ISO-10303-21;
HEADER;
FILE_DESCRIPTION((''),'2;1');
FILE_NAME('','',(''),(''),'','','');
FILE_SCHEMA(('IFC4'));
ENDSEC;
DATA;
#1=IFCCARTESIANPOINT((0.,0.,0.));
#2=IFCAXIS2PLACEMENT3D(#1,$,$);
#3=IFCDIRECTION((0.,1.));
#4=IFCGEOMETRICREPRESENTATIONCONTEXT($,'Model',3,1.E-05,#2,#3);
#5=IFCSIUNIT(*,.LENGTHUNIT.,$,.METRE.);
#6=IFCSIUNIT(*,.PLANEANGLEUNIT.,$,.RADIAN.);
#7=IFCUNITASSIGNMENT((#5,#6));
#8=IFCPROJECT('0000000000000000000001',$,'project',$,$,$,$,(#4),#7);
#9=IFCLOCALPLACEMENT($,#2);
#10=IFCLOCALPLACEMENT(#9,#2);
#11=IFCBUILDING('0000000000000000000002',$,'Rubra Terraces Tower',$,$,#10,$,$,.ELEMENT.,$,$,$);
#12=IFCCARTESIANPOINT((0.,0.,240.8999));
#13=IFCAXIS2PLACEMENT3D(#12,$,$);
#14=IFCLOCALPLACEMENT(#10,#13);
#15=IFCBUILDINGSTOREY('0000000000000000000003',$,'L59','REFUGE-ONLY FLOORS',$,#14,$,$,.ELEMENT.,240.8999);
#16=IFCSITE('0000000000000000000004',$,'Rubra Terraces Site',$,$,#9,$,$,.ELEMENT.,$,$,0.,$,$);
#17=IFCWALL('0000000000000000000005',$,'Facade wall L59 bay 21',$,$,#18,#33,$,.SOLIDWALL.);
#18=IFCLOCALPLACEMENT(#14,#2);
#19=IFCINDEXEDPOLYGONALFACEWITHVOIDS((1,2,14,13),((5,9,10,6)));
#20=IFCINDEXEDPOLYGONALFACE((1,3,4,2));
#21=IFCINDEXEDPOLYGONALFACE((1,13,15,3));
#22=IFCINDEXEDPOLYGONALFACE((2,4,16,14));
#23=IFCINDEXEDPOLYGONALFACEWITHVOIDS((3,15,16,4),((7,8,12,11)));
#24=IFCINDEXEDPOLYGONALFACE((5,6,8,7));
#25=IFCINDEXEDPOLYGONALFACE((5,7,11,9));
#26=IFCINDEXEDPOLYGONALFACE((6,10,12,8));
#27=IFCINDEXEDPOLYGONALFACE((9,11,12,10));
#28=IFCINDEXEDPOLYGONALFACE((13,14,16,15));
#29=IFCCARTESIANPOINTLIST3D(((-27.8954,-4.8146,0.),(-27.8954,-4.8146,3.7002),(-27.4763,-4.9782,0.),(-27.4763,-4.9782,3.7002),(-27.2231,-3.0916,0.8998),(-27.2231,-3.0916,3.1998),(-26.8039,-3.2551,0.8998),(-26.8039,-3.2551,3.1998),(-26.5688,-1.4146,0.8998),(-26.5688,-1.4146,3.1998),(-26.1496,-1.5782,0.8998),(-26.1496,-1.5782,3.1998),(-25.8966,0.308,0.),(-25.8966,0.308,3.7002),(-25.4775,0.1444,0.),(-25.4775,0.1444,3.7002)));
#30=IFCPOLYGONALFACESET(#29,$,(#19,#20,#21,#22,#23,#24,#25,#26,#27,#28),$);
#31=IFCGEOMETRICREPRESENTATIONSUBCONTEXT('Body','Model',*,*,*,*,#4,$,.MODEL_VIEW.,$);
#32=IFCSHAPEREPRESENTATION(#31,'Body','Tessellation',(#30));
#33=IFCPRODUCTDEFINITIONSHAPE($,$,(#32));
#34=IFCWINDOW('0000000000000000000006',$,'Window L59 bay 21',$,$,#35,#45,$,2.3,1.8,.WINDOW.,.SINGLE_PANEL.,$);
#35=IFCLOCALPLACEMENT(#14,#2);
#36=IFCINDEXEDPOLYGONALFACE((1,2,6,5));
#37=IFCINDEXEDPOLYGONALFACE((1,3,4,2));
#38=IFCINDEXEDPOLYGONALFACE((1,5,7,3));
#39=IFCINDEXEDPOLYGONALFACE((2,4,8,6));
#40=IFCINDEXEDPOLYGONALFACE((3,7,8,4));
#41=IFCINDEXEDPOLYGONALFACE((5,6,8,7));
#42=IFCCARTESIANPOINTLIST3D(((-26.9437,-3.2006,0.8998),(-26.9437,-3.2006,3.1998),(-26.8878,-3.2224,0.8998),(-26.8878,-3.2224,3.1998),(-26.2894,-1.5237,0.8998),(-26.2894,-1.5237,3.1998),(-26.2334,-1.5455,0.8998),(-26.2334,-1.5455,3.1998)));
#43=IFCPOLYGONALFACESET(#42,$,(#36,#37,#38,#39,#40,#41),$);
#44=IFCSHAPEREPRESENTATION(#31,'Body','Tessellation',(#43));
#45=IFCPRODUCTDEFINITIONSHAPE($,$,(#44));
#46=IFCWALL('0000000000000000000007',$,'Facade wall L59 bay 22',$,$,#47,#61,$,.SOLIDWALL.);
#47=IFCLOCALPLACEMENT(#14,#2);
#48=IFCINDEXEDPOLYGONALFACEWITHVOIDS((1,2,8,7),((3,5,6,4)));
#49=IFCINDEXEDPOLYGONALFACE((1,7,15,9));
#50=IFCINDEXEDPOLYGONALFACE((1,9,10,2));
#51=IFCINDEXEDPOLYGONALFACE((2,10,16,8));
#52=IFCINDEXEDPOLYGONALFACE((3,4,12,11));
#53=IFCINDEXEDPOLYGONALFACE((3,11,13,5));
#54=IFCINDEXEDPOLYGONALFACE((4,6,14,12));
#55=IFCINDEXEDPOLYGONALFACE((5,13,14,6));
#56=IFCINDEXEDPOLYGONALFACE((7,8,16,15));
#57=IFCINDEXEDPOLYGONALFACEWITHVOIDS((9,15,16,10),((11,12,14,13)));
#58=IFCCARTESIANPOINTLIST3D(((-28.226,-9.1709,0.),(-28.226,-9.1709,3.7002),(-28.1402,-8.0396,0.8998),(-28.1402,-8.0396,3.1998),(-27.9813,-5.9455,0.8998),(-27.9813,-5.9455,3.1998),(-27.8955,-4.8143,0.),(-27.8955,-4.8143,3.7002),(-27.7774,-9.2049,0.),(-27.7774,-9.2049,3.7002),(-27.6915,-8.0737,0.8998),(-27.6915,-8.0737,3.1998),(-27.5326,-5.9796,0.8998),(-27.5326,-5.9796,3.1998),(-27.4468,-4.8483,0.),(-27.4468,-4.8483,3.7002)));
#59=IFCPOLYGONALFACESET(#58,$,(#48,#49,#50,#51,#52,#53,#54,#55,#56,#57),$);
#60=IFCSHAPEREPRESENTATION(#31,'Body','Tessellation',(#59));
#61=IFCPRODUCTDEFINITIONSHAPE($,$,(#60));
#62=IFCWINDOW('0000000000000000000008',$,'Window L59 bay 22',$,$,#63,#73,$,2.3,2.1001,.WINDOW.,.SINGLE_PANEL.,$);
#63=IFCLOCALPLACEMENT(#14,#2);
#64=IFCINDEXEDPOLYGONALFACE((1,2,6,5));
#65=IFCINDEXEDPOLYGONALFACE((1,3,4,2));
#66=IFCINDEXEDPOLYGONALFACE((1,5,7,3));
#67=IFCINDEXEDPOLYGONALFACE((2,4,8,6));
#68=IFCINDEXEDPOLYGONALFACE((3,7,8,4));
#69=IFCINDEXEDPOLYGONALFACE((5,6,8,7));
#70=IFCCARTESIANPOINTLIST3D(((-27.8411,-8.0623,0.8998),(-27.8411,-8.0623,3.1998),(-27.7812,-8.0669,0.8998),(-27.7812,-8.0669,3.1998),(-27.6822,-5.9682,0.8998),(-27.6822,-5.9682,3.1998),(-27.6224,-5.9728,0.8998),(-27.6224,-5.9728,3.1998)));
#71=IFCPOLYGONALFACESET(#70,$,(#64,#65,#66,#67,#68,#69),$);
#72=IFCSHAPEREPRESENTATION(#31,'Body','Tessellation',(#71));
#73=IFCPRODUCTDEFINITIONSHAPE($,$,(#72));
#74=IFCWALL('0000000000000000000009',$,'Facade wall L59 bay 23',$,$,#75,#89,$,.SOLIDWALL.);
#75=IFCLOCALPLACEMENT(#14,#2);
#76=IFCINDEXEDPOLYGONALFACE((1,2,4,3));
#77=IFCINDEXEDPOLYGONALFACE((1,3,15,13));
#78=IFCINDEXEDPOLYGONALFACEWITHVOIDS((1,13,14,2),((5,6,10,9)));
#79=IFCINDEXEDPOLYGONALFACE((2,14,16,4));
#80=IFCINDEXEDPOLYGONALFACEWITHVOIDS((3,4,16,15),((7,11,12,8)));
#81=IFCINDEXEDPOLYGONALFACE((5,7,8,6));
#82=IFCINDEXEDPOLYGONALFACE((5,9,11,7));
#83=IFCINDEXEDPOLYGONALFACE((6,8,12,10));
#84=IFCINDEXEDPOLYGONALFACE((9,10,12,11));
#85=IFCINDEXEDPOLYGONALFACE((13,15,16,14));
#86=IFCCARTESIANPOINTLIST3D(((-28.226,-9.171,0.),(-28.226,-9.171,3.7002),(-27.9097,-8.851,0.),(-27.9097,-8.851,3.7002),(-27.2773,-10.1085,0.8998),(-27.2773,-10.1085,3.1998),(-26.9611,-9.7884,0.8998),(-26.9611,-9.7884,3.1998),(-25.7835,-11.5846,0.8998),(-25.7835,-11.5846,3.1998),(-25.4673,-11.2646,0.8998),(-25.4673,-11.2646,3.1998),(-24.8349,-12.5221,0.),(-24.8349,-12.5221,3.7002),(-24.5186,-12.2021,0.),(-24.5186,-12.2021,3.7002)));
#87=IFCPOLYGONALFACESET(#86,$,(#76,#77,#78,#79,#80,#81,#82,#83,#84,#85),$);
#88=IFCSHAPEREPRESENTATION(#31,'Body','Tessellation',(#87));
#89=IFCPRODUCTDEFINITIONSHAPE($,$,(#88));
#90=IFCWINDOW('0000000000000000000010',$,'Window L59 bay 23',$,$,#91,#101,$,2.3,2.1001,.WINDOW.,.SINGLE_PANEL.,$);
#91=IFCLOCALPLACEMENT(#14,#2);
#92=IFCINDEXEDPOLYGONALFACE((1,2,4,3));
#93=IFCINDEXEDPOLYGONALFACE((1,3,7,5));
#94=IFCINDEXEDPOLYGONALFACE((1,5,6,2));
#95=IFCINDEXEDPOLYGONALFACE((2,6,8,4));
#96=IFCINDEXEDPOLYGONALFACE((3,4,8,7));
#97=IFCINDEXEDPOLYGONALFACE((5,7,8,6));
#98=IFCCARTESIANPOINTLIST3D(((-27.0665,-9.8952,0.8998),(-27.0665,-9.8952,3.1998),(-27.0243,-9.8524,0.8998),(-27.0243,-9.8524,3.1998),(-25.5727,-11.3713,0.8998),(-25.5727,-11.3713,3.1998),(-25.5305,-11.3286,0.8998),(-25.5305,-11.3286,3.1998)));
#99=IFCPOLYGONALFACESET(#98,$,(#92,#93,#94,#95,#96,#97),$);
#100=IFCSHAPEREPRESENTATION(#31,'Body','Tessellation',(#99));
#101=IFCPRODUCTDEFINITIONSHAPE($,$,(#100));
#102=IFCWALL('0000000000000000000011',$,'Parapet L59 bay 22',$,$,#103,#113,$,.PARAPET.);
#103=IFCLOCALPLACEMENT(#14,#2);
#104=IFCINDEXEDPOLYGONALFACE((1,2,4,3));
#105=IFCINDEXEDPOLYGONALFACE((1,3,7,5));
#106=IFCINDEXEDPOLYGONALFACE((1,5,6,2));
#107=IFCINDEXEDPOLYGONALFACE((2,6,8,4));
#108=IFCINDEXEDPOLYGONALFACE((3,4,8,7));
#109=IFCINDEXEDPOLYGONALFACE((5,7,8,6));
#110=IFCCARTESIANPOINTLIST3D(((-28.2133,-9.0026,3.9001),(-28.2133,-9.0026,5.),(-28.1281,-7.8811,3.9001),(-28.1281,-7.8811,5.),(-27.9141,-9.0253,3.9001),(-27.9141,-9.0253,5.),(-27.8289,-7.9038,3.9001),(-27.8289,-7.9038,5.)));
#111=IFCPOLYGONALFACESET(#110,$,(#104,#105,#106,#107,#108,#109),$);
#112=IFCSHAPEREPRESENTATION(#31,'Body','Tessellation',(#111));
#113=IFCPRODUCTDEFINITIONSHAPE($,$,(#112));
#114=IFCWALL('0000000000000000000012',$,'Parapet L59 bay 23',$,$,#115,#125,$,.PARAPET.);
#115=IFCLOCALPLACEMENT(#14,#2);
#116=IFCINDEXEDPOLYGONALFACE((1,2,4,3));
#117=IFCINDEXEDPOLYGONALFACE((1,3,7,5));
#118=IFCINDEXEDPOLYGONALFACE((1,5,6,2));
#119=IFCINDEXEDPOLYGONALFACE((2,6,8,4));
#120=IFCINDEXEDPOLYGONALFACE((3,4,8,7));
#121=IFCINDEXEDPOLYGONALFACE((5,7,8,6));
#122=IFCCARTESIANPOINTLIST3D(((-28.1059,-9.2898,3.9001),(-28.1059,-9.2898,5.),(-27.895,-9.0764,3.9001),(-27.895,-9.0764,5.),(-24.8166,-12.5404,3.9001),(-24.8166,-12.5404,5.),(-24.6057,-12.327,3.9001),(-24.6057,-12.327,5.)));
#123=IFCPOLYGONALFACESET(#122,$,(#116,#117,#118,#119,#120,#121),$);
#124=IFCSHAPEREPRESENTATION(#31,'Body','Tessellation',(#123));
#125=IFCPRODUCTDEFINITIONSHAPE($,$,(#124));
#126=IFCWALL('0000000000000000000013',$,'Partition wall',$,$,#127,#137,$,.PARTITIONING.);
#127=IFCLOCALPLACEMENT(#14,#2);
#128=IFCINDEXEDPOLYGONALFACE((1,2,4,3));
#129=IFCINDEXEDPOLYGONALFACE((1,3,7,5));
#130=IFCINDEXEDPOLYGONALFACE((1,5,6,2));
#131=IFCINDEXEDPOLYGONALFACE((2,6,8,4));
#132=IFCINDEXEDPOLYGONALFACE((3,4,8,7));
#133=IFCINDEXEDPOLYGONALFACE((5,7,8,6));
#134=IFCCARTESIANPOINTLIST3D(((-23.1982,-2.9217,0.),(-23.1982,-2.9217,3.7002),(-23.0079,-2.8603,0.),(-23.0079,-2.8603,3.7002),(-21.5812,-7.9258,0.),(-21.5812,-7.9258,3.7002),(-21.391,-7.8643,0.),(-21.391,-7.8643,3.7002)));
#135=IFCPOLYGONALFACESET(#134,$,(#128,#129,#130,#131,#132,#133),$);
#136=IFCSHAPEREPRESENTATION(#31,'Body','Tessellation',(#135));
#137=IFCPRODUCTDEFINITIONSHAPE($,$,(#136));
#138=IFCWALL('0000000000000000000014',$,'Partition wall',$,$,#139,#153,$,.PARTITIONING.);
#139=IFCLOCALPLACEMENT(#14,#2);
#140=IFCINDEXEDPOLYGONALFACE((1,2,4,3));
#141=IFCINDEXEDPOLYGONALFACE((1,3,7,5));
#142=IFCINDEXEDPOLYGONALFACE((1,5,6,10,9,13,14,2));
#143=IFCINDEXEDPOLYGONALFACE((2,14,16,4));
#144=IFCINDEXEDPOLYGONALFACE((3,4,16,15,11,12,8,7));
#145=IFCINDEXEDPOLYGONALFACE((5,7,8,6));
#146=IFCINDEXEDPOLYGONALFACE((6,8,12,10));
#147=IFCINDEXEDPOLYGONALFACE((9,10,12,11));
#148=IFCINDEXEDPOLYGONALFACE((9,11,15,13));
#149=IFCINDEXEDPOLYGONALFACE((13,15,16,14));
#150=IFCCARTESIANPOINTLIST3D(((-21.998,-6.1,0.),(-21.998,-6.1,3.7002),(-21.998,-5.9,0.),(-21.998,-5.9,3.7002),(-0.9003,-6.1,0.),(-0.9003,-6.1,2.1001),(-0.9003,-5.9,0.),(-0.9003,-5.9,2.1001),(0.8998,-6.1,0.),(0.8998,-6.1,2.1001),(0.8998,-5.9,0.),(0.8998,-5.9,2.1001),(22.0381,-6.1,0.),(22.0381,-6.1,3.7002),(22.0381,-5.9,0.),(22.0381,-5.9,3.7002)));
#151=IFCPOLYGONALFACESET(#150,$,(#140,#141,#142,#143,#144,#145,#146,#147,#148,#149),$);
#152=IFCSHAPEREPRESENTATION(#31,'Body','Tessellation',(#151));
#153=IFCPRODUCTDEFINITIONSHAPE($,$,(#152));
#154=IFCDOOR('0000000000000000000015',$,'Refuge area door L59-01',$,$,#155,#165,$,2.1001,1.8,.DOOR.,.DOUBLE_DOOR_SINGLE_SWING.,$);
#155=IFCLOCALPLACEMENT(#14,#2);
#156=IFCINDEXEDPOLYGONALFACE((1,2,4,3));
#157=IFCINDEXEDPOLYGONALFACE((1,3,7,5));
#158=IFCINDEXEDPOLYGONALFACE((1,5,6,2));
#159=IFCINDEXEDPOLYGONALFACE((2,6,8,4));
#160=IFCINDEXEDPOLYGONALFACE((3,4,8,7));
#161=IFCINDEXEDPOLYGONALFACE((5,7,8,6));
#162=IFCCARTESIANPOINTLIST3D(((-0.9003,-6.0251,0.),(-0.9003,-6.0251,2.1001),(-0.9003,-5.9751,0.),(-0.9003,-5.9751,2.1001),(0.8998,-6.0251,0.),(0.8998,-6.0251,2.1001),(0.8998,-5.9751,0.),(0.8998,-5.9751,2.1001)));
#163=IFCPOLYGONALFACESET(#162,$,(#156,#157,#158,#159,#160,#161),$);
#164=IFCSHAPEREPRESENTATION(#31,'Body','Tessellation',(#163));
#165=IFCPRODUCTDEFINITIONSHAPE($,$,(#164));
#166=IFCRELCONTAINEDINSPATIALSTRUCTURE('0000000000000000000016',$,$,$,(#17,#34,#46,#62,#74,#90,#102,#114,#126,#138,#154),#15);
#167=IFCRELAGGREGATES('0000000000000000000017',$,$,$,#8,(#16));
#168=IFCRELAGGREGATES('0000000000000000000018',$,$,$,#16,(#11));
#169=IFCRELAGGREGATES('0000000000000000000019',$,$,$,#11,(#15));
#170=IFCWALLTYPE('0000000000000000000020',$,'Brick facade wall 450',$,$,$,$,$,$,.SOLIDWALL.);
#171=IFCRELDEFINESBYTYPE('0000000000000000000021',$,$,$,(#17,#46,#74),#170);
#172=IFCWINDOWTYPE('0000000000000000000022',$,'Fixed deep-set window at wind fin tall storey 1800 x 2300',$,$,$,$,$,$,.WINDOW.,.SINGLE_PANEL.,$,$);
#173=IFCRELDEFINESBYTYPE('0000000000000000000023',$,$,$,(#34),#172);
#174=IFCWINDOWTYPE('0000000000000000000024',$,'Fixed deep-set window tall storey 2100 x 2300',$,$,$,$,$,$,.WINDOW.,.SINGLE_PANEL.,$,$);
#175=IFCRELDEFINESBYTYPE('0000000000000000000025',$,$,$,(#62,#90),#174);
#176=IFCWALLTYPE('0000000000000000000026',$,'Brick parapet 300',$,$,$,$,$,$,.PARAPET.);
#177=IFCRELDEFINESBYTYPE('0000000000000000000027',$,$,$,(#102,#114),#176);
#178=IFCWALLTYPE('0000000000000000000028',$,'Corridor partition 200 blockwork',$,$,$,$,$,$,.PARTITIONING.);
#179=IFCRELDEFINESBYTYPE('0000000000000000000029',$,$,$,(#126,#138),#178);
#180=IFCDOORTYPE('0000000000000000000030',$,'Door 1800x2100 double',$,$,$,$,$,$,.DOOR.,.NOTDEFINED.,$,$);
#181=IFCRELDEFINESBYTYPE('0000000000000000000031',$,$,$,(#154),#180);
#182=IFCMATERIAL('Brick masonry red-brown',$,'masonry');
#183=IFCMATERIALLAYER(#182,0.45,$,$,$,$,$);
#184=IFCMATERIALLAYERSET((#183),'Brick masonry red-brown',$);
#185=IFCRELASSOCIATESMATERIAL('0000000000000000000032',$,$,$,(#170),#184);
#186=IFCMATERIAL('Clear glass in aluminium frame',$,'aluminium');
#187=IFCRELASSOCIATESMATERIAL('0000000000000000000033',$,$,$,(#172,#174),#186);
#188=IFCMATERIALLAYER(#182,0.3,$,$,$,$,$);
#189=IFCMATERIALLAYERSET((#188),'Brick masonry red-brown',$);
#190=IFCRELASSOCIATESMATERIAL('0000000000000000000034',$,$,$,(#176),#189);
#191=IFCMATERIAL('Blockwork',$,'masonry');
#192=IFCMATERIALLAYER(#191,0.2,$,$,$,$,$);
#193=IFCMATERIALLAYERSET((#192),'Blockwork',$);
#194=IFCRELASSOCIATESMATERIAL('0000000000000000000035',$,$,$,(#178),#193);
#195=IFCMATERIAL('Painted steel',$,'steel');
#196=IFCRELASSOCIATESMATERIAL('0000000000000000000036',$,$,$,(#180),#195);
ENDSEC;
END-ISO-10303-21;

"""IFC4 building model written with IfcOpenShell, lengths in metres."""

from ifc_helpers import new_model, si_unit, direction, frame, frame_2d, origin, place, context, subcontext, project, spatial, rectangle, extrude, material, layer, layer_set, type_object, element, fill, save


model = new_model("IFC4")

# Units and contexts
model_context = context("Model", 3, precision=1e-05, world=origin(), true_north=direction((0.0, 1.0)))
body_context = subcontext(model_context, "Body", "Model", "MODEL_VIEW")
ifc_project = project(units=[si_unit("LENGTHUNIT", "METRE"), si_unit("PLANEANGLEUNIT", "RADIAN")], contexts=[model_context])

# Site, building, storey
site_placement = place(None, origin())
site = spatial("IfcSite", under=ifc_project, at=site_placement, Name="Rubra Terraces Site", CompositionType="ELEMENT", RefElevation=0.0)
building_placement = place(site_placement, origin())
building = spatial("IfcBuilding", under=site, at=building_placement, Name="Rubra Terraces Tower", CompositionType="ELEMENT")
storey_placement = place(building_placement, frame((0.0, 0.0, 240.8999)))
storey = spatial("IfcBuildingStorey", under=building, at=storey_placement, Name="L59", Description="REFUGE-ONLY FLOORS", CompositionType="ELEMENT", Elevation=240.8999)

# Walls, openings, windows
ifc_material_1 = material(Name="Brick masonry red-brown", Category="masonry")
ifc_layer_1 = layer(ifc_material_1, 0.45)
ifc_layer_set_1 = layer_set([ifc_layer_1], Name="Brick masonry red-brown")
wall_type_1 = type_object("IfcWallType", Name="Brick facade wall 450", PredefinedType="SOLIDWALL", material=ifc_layer_set_1)
wall_1_placement = place(storey_placement, frame((-25.687, 0.2263, 0.0), z_axis=(0.0, 0.0, 1.0), x_axis=(-0.3635, -0.931594, 0.0)))
wall_1 = element("IfcWall", 1, at=wall_1_placement, inside=storey, type_object=wall_type_1, Name="Facade wall L59 bay 21", PredefinedType="SOLIDWALL", context=body_context, shape_type="SweptSolid", body=[
    extrude(rectangle(XDim=5.4988, YDim=0.45, at=frame_2d((2.7495, 0.0))), origin(), (0.0, 0.0, 1.0), 3.7002),
])
opening_1_placement = place(wall_1_placement, frame((1.8494, 0.0, 0.8999)))
opening_1 = element("IfcOpeningElement", 2, at=opening_1_placement, cuts=wall_1, PredefinedType="OPENING", context=body_context, shape_type="SweptSolid", body=[
    extrude(rectangle(XDim=1.8, YDim=2.3, at=frame_2d((0.8999, 1.1499))), frame((0.0, 0.2349, 0.0), z_axis=(0.0, -1.0, 0.0), x_axis=(1.0, 0.0, 0.0)), (0.0, 0.0, 1.0), 0.47),
])
ifc_material_2 = material(Name="Clear glass in aluminium frame", Category="aluminium")
window_type_1 = type_object("IfcWindowType", Name="Fixed deep-set window at wind fin tall storey 1800 x 2300", PartitioningType="SINGLE_PANEL", PredefinedType="WINDOW", material=ifc_material_2)
window_1_placement = place(opening_1_placement, origin())
window_1 = element("IfcWindow", 3, at=window_1_placement, inside=storey, type_object=window_type_1, Name="Window L59 bay 21", OverallHeight=2.3, OverallWidth=1.8, PartitioningType="SINGLE_PANEL", PredefinedType="WINDOW", context=body_context, shape_type="SweptSolid", body=[
    extrude(rectangle(XDim=1.8, YDim=2.3, at=frame_2d((0.8999, 1.1499))), frame((0.0, 0.135, 0.0), z_axis=(0.0, -1.0, 0.0), x_axis=(1.0, 0.0, 0.0)), (0.0, 0.0, 1.0), 0.0601),
])
fill(opening_1, window_1)
wall_2_placement = place(storey_placement, frame((-27.6711, -4.8313, 0.0), z_axis=(0.0, 0.0, 1.0), x_axis=(-0.075658, -0.997134, 0.0)))
wall_2 = element("IfcWall", 4, at=wall_2_placement, inside=storey, type_object=wall_type_1, Name="Facade wall L59 bay 22", PredefinedType="SOLIDWALL", context=body_context, shape_type="SweptSolid", body=[
    extrude(rectangle(XDim=4.3691, YDim=0.45, at=frame_2d((2.1846, 0.0))), origin(), (0.0, 0.0, 1.0), 3.7002),
])
opening_2_placement = place(wall_2_placement, frame((1.1345, 0.0, 0.8999)))
opening_2 = element("IfcOpeningElement", 5, at=opening_2_placement, cuts=wall_2, PredefinedType="OPENING", context=body_context, shape_type="SweptSolid", body=[
    extrude(rectangle(XDim=2.1001, YDim=2.3, at=frame_2d((1.05, 1.1499))), frame((0.0, 0.2349, 0.0), z_axis=(0.0, -1.0, 0.0), x_axis=(1.0, 0.0, 0.0)), (0.0, 0.0, 1.0), 0.47),
])
window_type_2 = type_object("IfcWindowType", Name="Fixed deep-set window tall storey 2100 x 2300", PartitioningType="SINGLE_PANEL", PredefinedType="WINDOW", material=ifc_material_2)
window_2_placement = place(opening_2_placement, origin())
window_2 = element("IfcWindow", 6, at=window_2_placement, inside=storey, type_object=window_type_2, Name="Window L59 bay 22", OverallHeight=2.3, OverallWidth=2.1001, PartitioningType="SINGLE_PANEL", PredefinedType="WINDOW", context=body_context, shape_type="SweptSolid", body=[
    extrude(rectangle(XDim=2.1001, YDim=2.3, at=frame_2d((1.05, 1.1499))), frame((0.0, 0.135, 0.0), z_axis=(0.0, -1.0, 0.0), x_axis=(1.0, 0.0, 0.0)), (0.0, 0.0, 1.0), 0.0601),
])
fill(opening_2, window_2)
wall_3_placement = place(storey_placement, frame((-28.0679, -9.011, 0.0), z_axis=(0.0, 0.0, 1.0), x_axis=(0.711293, -0.702895, 0.0)))
wall_3 = element("IfcWall", 7, at=wall_3_placement, inside=storey, type_object=wall_type_1, Name="Facade wall L59 bay 23", PredefinedType="SOLIDWALL", context=body_context, shape_type="SweptSolid", body=[
    extrude(rectangle(XDim=4.7676, YDim=0.45, at=frame_2d((2.3838, 0.0))), origin(), (0.0, 0.0, 1.0), 3.7002),
])
opening_3_placement = place(wall_3_placement, frame((1.3337, 0.0, 0.8999)))
opening_3 = element("IfcOpeningElement", 8, at=opening_3_placement, cuts=wall_3, PredefinedType="OPENING", context=body_context, shape_type="SweptSolid", body=[
    extrude(rectangle(XDim=2.1001, YDim=2.3, at=frame_2d((1.05, 1.1499))), frame((0.0, 0.2349, 0.0), z_axis=(0.0, -1.0, 0.0), x_axis=(1.0, 0.0, 0.0)), (0.0, 0.0, 1.0), 0.47),
])
window_3_placement = place(opening_3_placement, origin())
window_3 = element("IfcWindow", 9, at=window_3_placement, inside=storey, type_object=window_type_2, Name="Window L59 bay 23", OverallHeight=2.3, OverallWidth=2.1001, PartitioningType="SINGLE_PANEL", PredefinedType="WINDOW", context=body_context, shape_type="SweptSolid", body=[
    extrude(rectangle(XDim=2.1001, YDim=2.3, at=frame_2d((1.05, 1.1499))), frame((0.0, 0.135, 0.0), z_axis=(0.0, -1.0, 0.0), x_axis=(1.0, 0.0, 0.0)), (0.0, 0.0, 1.0), 0.0601),
])
fill(opening_3, window_3)

# Walls
ifc_layer_2 = layer(ifc_material_1, 0.3)
ifc_layer_set_2 = layer_set([ifc_layer_2], Name="Brick masonry red-brown")
wall_type_2 = type_object("IfcWallType", Name="Brick parapet 300", PredefinedType="PARAPET", material=ifc_layer_set_2)
wall_4_placement = place(storey_placement, frame((-27.9785, -7.8923, 3.9001), z_axis=(0.0, 0.0, 1.0), x_axis=(-0.07575, -0.997127, 0.0)))
element("IfcWall", 10, at=wall_4_placement, inside=storey, type_object=wall_type_2, Name="Parapet L59 bay 22", PredefinedType="PARAPET", context=body_context, shape_type="SweptSolid", body=[
    extrude(rectangle(XDim=1.1248, YDim=0.3, at=frame_2d((0.5625, 0.0))), origin(), (0.0, 0.0, 1.0), 1.0999),
])
wall_5_placement = place(storey_placement, frame((-28.0005, -9.1831, 3.9001), z_axis=(0.0, 0.0, 1.0), x_axis=(0.711291, -0.702897, 0.0)))
element("IfcWall", 11, at=wall_5_placement, inside=storey, type_object=wall_type_2, Name="Parapet L59 bay 23", PredefinedType="PARAPET", context=body_context, shape_type="SweptSolid", body=[
    extrude(rectangle(XDim=4.6245, YDim=0.3, at=frame_2d((2.3123, 0.0))), origin(), (0.0, 0.0, 1.0), 1.0999),
])
ifc_material_3 = material(Name="Blockwork", Category="masonry")
ifc_layer_3 = layer(ifc_material_3, 0.2)
ifc_layer_set_3 = layer_set([ifc_layer_3], Name="Blockwork")
wall_type_3 = type_object("IfcWallType", Name="Corridor partition 200 blockwork", PredefinedType="PARTITIONING", material=ifc_layer_set_3)
wall_6_placement = place(storey_placement, frame((-21.4861, -7.895, 0.0), z_axis=(0.0, 0.0, 1.0), x_axis=(-0.307482, 0.951554, 0.0)))
element("IfcWall", 12, at=wall_6_placement, inside=storey, type_object=wall_type_3, Name="Partition wall", PredefinedType="PARTITIONING", context=body_context, shape_type="SweptSolid", body=[
    extrude(rectangle(XDim=5.2588, YDim=0.2, at=frame_2d((2.6294, 0.0))), origin(), (0.0, 0.0, 1.0), 3.7002),
])

# Wall, opening, door
wall_7_placement = place(storey_placement, frame((-21.998, -6.0, 0.0), z_axis=(0.0, 0.0, 1.0), x_axis=(1.0, 0.0, 0.0)))
wall_7 = element("IfcWall", 13, at=wall_7_placement, inside=storey, type_object=wall_type_3, Name="Partition wall", PredefinedType="PARTITIONING", context=body_context, shape_type="SweptSolid", body=[
    extrude(rectangle(XDim=44.0361, YDim=0.2, at=frame_2d((22.0181, 0.0))), origin(), (0.0, 0.0, 1.0), 3.7002),
])
opening_4_placement = place(wall_7_placement, frame((21.0979, 0.0, 0.0)))
opening_4 = element("IfcOpeningElement", 14, at=opening_4_placement, cuts=wall_7, PredefinedType="OPENING", context=body_context, shape_type="SweptSolid", body=[
    extrude(rectangle(XDim=1.8, YDim=2.1001, at=frame_2d((0.8999, 1.05))), frame((0.0, 0.1099, 0.0), z_axis=(0.0, -1.0, 0.0), x_axis=(1.0, 0.0, 0.0)), (0.0, 0.0, 1.0), 0.22),
])
ifc_material_4 = material(Name="Painted steel", Category="steel")
door_type = type_object("IfcDoorType", Name="Door 1800x2100 double", OperationType="NOTDEFINED", PredefinedType="DOOR", material=ifc_material_4)
door_placement = place(opening_4_placement, origin())
door = element("IfcDoor", 15, at=door_placement, inside=storey, type_object=door_type, Name="Refuge area door L59-01", OperationType="DOUBLE_DOOR_SINGLE_SWING", OverallHeight=2.1001, OverallWidth=1.8, PredefinedType="DOOR", context=body_context, shape_type="SweptSolid", body=[
    extrude(rectangle(XDim=1.8, YDim=2.1001, at=frame_2d((0.8999, 1.05))), frame((0.0, 0.0249, 0.0), z_axis=(0.0, -1.0, 0.0), x_axis=(1.0, 0.0, 0.0)), (0.0, 0.0, 1.0), 0.05),
])
fill(opening_4, door)

save(model, "model.ifc")
